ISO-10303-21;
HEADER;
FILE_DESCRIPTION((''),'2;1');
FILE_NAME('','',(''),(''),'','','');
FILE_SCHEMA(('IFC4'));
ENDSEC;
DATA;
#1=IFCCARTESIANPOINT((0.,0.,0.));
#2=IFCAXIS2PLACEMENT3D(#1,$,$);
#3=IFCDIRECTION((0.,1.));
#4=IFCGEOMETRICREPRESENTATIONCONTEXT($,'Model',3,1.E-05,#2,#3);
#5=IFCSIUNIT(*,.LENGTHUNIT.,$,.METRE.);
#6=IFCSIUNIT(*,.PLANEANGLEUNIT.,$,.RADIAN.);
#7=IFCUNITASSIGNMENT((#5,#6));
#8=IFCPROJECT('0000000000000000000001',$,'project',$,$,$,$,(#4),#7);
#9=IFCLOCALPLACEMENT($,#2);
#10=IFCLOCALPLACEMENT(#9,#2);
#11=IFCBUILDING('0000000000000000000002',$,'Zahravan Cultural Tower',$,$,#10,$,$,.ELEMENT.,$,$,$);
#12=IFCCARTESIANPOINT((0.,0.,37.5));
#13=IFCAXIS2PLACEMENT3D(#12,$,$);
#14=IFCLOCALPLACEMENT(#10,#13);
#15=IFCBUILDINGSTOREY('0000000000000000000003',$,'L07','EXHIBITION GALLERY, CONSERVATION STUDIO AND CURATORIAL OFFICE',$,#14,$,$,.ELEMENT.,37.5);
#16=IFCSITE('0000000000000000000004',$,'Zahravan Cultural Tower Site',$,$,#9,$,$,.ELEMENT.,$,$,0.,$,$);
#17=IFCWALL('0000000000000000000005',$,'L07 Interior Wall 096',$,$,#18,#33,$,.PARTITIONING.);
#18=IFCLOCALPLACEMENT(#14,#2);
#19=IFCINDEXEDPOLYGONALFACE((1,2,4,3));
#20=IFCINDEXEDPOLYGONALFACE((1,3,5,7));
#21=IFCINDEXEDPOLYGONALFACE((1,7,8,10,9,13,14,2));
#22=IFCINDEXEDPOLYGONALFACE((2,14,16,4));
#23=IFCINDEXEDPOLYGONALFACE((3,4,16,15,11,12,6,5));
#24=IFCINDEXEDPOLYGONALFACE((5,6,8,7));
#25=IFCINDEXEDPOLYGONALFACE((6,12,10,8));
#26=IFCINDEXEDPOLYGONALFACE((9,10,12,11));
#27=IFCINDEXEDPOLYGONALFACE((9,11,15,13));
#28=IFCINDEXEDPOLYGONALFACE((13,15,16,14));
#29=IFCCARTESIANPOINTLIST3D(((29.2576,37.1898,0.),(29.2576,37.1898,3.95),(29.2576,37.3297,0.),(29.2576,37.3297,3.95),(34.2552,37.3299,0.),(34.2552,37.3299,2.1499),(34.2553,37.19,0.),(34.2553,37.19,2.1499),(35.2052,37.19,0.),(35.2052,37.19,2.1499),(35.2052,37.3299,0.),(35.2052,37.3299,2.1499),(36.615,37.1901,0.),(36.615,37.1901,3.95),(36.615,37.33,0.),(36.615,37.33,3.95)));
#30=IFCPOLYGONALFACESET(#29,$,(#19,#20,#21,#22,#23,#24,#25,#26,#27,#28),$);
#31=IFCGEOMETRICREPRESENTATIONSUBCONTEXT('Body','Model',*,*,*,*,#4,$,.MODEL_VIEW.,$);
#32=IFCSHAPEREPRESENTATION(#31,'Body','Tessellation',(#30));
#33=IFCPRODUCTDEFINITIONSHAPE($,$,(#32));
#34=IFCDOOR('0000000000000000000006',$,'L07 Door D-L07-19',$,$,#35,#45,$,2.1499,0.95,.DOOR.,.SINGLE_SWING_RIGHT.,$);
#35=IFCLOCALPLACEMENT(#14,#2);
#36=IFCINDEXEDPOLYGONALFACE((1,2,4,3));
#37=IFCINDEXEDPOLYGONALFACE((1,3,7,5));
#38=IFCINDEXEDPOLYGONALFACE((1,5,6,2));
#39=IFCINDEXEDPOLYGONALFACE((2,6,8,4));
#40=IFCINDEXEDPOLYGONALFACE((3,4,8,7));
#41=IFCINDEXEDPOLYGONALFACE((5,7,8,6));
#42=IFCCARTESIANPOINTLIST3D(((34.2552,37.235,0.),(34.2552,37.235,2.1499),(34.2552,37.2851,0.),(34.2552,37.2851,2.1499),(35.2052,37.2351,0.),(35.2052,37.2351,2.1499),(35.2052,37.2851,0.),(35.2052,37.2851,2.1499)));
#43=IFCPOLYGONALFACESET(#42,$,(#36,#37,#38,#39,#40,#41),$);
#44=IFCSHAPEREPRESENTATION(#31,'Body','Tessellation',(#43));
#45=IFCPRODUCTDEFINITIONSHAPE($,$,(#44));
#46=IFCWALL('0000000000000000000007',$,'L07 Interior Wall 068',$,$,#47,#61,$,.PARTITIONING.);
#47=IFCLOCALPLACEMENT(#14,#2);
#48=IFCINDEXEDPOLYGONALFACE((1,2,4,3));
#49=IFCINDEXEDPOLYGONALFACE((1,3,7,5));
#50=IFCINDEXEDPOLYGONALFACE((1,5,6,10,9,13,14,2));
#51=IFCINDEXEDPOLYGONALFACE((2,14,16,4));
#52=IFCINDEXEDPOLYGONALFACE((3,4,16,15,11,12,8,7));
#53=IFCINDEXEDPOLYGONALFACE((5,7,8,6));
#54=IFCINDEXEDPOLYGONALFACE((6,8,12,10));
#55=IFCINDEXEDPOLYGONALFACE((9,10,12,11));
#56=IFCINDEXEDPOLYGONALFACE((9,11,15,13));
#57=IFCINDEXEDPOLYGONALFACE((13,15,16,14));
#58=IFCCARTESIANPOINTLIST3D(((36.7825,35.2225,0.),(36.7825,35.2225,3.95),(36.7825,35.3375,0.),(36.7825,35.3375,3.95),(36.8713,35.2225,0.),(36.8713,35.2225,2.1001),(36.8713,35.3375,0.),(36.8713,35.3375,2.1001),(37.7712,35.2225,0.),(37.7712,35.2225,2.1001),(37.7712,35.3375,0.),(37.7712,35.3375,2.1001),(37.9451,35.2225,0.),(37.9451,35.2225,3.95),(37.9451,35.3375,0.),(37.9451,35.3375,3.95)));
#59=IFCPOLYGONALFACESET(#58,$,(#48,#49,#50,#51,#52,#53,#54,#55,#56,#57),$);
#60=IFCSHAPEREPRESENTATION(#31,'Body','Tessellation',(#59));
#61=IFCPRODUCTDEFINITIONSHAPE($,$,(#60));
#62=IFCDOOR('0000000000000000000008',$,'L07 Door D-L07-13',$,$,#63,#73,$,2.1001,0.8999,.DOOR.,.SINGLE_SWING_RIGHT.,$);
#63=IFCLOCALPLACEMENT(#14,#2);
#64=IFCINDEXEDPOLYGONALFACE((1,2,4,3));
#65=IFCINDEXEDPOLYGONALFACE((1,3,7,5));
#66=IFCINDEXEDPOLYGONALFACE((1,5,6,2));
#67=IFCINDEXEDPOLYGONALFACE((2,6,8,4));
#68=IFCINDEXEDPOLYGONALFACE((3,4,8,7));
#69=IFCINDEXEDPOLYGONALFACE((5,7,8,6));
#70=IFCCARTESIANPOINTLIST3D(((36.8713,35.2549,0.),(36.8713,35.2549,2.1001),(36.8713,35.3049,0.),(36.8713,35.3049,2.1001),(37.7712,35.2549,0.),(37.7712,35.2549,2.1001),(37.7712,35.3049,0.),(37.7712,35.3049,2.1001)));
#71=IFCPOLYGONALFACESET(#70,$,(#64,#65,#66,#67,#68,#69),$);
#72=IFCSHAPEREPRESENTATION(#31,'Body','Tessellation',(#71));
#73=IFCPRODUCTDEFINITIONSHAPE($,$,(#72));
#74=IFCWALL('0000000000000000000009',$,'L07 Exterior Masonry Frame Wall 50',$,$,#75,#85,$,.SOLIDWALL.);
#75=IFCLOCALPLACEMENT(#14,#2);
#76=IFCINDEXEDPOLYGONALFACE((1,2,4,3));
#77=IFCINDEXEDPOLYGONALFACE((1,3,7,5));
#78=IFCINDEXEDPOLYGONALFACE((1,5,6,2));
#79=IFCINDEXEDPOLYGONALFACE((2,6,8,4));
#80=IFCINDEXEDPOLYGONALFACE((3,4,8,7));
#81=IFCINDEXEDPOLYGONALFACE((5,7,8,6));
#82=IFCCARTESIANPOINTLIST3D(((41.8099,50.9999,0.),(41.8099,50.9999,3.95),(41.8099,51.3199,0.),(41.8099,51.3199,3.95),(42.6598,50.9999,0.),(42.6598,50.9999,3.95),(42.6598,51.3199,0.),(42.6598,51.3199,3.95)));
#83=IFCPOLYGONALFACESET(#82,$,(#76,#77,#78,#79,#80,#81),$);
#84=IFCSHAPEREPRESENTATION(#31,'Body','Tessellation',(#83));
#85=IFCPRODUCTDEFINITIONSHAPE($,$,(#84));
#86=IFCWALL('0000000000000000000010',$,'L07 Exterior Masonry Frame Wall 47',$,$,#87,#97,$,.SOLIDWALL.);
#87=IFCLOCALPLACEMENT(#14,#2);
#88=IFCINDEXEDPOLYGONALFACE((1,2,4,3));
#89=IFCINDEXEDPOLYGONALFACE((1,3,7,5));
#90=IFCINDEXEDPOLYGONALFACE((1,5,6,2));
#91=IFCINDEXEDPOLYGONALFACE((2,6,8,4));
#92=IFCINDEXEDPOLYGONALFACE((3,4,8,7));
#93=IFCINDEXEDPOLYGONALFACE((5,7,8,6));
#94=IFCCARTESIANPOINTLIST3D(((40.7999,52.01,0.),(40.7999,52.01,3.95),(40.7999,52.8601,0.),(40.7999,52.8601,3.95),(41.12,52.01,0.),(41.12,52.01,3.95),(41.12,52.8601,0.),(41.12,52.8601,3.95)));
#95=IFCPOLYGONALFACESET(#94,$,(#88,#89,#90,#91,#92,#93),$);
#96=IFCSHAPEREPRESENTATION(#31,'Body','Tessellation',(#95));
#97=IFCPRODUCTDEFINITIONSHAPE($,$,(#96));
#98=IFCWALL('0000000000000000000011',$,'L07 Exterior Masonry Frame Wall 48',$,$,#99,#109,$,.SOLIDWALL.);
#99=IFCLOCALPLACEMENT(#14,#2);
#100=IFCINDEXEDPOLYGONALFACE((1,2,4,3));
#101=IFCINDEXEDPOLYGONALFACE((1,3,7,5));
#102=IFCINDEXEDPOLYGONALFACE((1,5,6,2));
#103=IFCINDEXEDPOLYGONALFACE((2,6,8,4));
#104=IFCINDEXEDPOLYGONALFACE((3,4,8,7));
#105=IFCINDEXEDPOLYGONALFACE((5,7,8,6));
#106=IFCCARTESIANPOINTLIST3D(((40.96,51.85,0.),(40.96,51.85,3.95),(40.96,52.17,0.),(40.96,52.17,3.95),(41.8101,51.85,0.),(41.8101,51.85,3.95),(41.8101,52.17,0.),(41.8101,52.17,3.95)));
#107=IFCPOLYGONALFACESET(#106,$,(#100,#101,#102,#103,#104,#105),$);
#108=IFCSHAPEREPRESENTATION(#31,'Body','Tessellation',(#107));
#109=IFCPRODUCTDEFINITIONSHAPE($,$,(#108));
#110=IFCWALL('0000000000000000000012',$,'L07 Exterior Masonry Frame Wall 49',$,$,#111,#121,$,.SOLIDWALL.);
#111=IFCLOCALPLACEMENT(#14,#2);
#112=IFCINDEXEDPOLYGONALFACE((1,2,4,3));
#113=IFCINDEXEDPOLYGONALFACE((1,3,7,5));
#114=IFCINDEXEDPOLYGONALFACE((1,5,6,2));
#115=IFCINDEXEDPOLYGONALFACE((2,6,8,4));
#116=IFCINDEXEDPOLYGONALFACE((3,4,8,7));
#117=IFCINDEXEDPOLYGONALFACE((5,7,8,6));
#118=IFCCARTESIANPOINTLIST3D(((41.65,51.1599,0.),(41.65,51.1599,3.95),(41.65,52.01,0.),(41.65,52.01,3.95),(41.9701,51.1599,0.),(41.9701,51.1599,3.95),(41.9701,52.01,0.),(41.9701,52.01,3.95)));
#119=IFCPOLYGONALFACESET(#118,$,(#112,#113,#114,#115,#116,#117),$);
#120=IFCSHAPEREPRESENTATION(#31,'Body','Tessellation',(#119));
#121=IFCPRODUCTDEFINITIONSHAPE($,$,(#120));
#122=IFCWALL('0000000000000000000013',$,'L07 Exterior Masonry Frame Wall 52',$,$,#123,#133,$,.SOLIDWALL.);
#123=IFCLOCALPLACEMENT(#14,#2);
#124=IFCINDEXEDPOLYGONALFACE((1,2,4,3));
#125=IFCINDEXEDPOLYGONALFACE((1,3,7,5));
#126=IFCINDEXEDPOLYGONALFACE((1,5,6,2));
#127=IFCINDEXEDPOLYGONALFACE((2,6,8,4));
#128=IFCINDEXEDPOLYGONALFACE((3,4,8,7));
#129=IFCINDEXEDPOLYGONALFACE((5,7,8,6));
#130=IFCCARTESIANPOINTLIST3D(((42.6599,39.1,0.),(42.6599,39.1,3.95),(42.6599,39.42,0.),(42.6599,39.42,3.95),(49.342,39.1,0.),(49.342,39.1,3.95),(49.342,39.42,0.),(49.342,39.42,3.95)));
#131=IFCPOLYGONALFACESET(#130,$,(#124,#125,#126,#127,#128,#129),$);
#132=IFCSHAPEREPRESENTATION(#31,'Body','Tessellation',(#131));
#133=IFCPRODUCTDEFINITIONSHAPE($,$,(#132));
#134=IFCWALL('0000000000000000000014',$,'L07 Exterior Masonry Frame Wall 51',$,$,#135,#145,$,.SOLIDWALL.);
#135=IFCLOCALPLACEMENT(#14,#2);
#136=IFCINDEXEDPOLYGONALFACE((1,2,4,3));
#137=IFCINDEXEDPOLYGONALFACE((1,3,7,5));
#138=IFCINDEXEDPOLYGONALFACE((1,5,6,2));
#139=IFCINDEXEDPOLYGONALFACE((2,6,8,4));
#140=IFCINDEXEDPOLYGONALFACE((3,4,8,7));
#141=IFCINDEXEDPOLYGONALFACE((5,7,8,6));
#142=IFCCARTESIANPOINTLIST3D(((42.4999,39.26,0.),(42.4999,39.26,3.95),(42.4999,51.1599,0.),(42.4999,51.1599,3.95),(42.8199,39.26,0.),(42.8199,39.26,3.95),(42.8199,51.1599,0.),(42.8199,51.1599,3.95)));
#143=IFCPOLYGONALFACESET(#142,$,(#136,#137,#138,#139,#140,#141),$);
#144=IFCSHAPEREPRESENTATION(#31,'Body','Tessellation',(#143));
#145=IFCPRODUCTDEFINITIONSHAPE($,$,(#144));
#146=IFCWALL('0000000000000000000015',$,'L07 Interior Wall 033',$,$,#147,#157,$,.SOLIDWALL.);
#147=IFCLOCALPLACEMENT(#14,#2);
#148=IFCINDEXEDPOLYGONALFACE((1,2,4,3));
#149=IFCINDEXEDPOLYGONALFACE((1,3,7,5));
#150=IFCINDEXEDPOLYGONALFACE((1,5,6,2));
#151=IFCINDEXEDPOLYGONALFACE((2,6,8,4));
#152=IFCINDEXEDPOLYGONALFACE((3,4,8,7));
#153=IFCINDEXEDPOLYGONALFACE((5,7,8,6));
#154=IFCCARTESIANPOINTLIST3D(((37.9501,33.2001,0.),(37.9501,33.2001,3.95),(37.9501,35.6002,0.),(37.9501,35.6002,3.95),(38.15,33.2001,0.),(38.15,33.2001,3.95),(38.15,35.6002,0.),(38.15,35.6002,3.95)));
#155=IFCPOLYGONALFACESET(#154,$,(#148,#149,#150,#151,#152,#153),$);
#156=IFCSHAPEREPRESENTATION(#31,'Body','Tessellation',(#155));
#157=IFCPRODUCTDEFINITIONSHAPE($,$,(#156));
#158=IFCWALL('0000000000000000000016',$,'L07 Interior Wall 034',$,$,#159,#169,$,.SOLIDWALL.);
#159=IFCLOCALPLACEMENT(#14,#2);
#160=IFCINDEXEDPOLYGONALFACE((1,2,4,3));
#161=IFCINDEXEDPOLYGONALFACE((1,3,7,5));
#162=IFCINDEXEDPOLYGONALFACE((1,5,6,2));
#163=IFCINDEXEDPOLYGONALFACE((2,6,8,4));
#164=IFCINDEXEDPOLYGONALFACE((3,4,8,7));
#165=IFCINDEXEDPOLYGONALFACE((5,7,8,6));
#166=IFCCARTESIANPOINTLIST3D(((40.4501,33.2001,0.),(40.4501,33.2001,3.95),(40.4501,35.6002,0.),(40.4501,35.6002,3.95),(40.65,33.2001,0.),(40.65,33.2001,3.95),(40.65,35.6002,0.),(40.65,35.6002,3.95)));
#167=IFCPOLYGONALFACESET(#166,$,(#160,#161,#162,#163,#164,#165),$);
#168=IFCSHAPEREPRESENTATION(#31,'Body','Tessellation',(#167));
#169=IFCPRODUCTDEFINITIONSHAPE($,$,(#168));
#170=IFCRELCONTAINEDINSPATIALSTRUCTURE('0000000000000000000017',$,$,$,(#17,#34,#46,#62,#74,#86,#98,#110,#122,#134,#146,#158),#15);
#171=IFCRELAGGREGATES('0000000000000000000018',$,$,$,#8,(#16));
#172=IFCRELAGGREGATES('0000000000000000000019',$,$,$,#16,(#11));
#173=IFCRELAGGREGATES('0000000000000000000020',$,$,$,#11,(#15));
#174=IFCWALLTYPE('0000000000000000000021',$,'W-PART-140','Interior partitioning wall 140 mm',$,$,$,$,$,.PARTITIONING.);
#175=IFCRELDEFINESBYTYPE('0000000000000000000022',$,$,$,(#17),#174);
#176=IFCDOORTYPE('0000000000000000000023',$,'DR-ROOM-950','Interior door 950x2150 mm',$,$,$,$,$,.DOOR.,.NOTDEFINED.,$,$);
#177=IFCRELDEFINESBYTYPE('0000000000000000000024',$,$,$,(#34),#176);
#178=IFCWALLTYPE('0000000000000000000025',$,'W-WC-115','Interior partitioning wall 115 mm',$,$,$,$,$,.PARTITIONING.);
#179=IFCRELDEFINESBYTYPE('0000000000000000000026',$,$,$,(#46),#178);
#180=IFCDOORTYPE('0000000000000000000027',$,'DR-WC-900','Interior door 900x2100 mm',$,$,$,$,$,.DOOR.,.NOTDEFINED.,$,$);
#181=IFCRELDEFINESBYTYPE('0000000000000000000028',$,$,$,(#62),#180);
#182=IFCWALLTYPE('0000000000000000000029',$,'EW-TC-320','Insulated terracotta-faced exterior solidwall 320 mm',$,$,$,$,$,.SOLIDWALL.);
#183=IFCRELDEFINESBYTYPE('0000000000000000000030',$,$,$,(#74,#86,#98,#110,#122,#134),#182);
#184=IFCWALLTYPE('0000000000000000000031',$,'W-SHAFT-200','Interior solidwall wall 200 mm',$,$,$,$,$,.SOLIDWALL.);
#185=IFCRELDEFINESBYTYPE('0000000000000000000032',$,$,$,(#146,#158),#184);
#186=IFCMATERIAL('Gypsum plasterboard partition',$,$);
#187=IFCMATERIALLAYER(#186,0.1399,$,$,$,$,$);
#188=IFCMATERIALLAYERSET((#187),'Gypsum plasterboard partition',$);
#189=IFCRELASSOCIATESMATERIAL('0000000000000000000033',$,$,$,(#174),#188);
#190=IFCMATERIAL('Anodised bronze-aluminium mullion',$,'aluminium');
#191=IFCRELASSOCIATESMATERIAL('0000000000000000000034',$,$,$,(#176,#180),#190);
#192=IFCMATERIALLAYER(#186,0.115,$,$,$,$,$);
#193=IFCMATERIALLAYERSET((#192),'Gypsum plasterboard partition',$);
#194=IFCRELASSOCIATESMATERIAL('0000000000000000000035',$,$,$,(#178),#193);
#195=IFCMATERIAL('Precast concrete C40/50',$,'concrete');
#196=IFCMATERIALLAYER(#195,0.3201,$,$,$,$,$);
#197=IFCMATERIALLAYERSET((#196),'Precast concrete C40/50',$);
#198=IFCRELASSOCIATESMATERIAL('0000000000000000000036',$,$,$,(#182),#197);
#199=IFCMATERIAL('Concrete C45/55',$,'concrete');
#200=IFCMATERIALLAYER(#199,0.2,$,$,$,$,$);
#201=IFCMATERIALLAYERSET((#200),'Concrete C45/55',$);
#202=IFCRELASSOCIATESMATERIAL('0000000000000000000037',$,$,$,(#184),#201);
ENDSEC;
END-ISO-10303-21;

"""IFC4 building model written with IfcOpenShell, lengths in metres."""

from ifc_helpers import new_model, si_unit, direction, frame, frame_2d, origin, place, context, subcontext, project, spatial, rectangle, extrude, source, transform, mapped, material, layer, layer_set, type_object, element, fill, save


model = new_model("IFC4")

# Units and contexts
model_context = context("Model", 3, precision=1e-05, world=origin(), true_north=direction((0.0, 1.0)))
body_context = subcontext(model_context, "Body", "Model", "MODEL_VIEW")
ifc_project = project(units=[si_unit("LENGTHUNIT", "METRE"), si_unit("PLANEANGLEUNIT", "RADIAN")], contexts=[model_context])

# Site, building, storey
site_placement = place(None, origin())
site = spatial("IfcSite", under=ifc_project, at=site_placement, Name="Zahravan Cultural Tower Site", CompositionType="ELEMENT", RefElevation=0.0)
building_placement = place(site_placement, origin())
building = spatial("IfcBuilding", under=site, at=building_placement, Name="Zahravan Cultural Tower", CompositionType="ELEMENT")
storey_placement = place(building_placement, frame((0.0, 0.0, 37.5)))
storey = spatial("IfcBuildingStorey", under=building, at=storey_placement, Name="L07", Description="EXHIBITION GALLERY, CONSERVATION STUDIO AND CURATORIAL OFFICE", CompositionType="ELEMENT", Elevation=37.5)

# Walls, openings, doors
ifc_material_1 = material(Name="Gypsum plasterboard partition")
ifc_layer_1 = layer(ifc_material_1, 0.1399)
ifc_layer_set_1 = layer_set([ifc_layer_1], Name="Gypsum plasterboard partition")
wall_type_1 = type_object("IfcWallType", Name="W-PART-140", Description="Interior partitioning wall 140 mm", PredefinedType="PARTITIONING", material=ifc_layer_set_1)
ifc_material_2 = material(Name="Anodised bronze-aluminium mullion", Category="aluminium")
door_type_1 = type_object("IfcDoorType", Name="DR-ROOM-950", Description="Interior door 950x2150 mm", OperationType="NOTDEFINED", PredefinedType="DOOR", material=ifc_material_2)
shared_shape_1 = source(origin(), body_context, "Body", "SweptSolid", [
    extrude(rectangle(XDim=0.95, YDim=2.1499, at=frame_2d((0.4751, 1.075))), frame((0.0, 0.0249, 0.0), z_axis=(0.0, -1.0, 0.0), x_axis=(1.0, 0.0, 0.0)), (0.0, 0.0, 1.0), 0.05),
])
wall_1_placement = place(storey_placement, frame((36.615, 37.26, 0.0), z_axis=(0.0, 0.0, 1.0), x_axis=(-1.0, -0.000033, 0.0)))
wall_1 = element("IfcWall", 1, at=wall_1_placement, inside=storey, type_object=wall_type_1, Name="L07 Interior Wall 096", PredefinedType="PARTITIONING", context=body_context, shape_type="SweptSolid", body=[
    extrude(rectangle(XDim=7.3574, YDim=0.1399, at=frame_2d((3.6787, 0.0))), origin(), (0.0, 0.0, 1.0), 3.95),
])
opening_1_placement = place(wall_1_placement, frame((1.4097, 0.0, 0.0)))
opening_1 = element("IfcOpeningElement", 2, at=opening_1_placement, cuts=wall_1, PredefinedType="OPENING", context=body_context, shape_type="SweptSolid", body=[
    extrude(rectangle(XDim=0.95, YDim=2.1499, at=frame_2d((0.4751, 1.075))), frame((0.0, 0.0798, 0.0), z_axis=(0.0, -1.0, 0.0), x_axis=(1.0, 0.0, 0.0)), (0.0, 0.0, 1.0), 0.1599),
])
door_1_placement = place(opening_1_placement, origin())
door_1 = element("IfcDoor", 3, at=door_1_placement, inside=storey, type_object=door_type_1, Name="L07 Door D-L07-19", OperationType="SINGLE_SWING_RIGHT", OverallHeight=2.1499, OverallWidth=0.95, PredefinedType="DOOR", context=body_context, shape_type="MappedRepresentation", body=[
    mapped(shared_shape_1, transform((0.0, 0.0, 0.0), x_axis=(1.0, 0.0, 0.0), y_axis=(0.0, 1.0, 0.0), z_axis=(0.0, 0.0, 1.0), scale=1.0)),
])
fill(opening_1, door_1)
ifc_layer_2 = layer(ifc_material_1, 0.115)
ifc_layer_set_2 = layer_set([ifc_layer_2], Name="Gypsum plasterboard partition")
wall_type_2 = type_object("IfcWallType", Name="W-WC-115", Description="Interior partitioning wall 115 mm", PredefinedType="PARTITIONING", material=ifc_layer_set_2)
wall_2_placement = place(storey_placement, frame((36.7825, 35.28, 0.0), z_axis=(0.0, 0.0, 1.0), x_axis=(1.0, 0.0, 0.0)))
wall_2 = element("IfcWall", 4, at=wall_2_placement, inside=storey, type_object=wall_type_2, Name="L07 Interior Wall 068", PredefinedType="PARTITIONING", context=body_context, shape_type="SweptSolid", body=[
    extrude(rectangle(XDim=1.1626, YDim=0.115, at=frame_2d((0.5813, 0.0))), origin(), (0.0, 0.0, 1.0), 3.95),
])
opening_2_placement = place(wall_2_placement, frame((0.0889, 0.0, 0.0)))
opening_2 = element("IfcOpeningElement", 5, at=opening_2_placement, cuts=wall_2, PredefinedType="OPENING", context=body_context, shape_type="SweptSolid", body=[
    extrude(rectangle(XDim=0.8999, YDim=2.1001, at=frame_2d((0.45, 1.05))), frame((0.0, 0.0674, 0.0), z_axis=(0.0, -1.0, 0.0), x_axis=(1.0, 0.0, 0.0)), (0.0, 0.0, 1.0), 0.135),
])
door_type_2 = type_object("IfcDoorType", Name="DR-WC-900", Description="Interior door 900x2100 mm", OperationType="NOTDEFINED", PredefinedType="DOOR", material=ifc_material_2)
shared_shape_2 = source(origin(), body_context, "Body", "SweptSolid", [
    extrude(rectangle(XDim=0.8999, YDim=2.1001, at=frame_2d((0.45, 1.05))), frame((0.0, 0.0249, 0.0), z_axis=(0.0, -1.0, 0.0), x_axis=(1.0, 0.0, 0.0)), (0.0, 0.0, 1.0), 0.05),
])
door_2_placement = place(opening_2_placement, origin())
door_2 = element("IfcDoor", 6, at=door_2_placement, inside=storey, type_object=door_type_2, Name="L07 Door D-L07-13", OperationType="SINGLE_SWING_RIGHT", OverallHeight=2.1001, OverallWidth=0.8999, PredefinedType="DOOR", context=body_context, shape_type="MappedRepresentation", body=[
    mapped(shared_shape_2, transform((0.0, 0.0, 0.0), x_axis=(1.0, 0.0, 0.0), y_axis=(0.0, 1.0, 0.0), z_axis=(0.0, 0.0, 1.0), scale=1.0)),
])
fill(opening_2, door_2)

# Walls
ifc_material_3 = material(Name="Precast concrete C40/50", Category="concrete")
ifc_layer_3 = layer(ifc_material_3, 0.3201)
ifc_layer_set_3 = layer_set([ifc_layer_3], Name="Precast concrete C40/50")
wall_type_3 = type_object("IfcWallType", Name="EW-TC-320", Description="Insulated terracotta-faced exterior solidwall 320 mm", PredefinedType="SOLIDWALL", material=ifc_layer_set_3)
shared_shape_3 = source(origin(), body_context, "Body", "SweptSolid", [
    extrude(rectangle(XDim=0.8499, YDim=0.3201, at=frame_2d((0.4248, 0.0))), origin(), (0.0, 0.0, 1.0), 3.95),
])
wall_3_placement = place(storey_placement, frame((41.8101, 51.1599, 0.0), z_axis=(0.0, 0.0, 1.0), x_axis=(1.0, 0.0, 0.0)))
element("IfcWall", 7, at=wall_3_placement, inside=storey, type_object=wall_type_3, Name="L07 Exterior Masonry Frame Wall 50", PredefinedType="SOLIDWALL", context=body_context, shape_type="MappedRepresentation", body=[
    mapped(shared_shape_3, transform((0.0, 0.0, 0.0), x_axis=(1.0, 0.0, 0.0), y_axis=(0.0, 1.0, 0.0), z_axis=(0.0, 0.0, 1.0), scale=1.0)),
])
shared_shape_4 = source(origin(), body_context, "Body", "SweptSolid", [
    extrude(rectangle(XDim=0.8501, YDim=0.3201, at=frame_2d((0.425, 0.0))), origin(), (0.0, 0.0, 1.0), 3.95),
])
for number, where, z_axis, x_axis, name in (
    (8, (40.96, 52.8601, 0.0), (0.0, 0.0, 1.0), (0.0, -1.0, 0.0), "L07 Exterior Masonry Frame Wall 47"),
    (9, (40.96, 52.01, 0.0), (0.0, 0.0, 1.0), (1.0, 0.0, 0.0), "L07 Exterior Masonry Frame Wall 48"),
    (10, (41.8101, 52.01, 0.0), (0.0, 0.0, 1.0), (0.0, -1.0, 0.0), "L07 Exterior Masonry Frame Wall 49"),
):
    element("IfcWall", number, at=place(storey_placement, frame(where, z_axis=z_axis, x_axis=x_axis)), inside=storey, type_object=wall_type_3, Name=name, PredefinedType="SOLIDWALL", context=body_context, shape_type="MappedRepresentation", body=[
        mapped(shared_shape_4, transform((0.0, 0.0, 0.0), x_axis=(1.0, 0.0, 0.0), y_axis=(0.0, 1.0, 0.0), z_axis=(0.0, 0.0, 1.0), scale=1.0)),
    ])
shared_shape_5 = source(origin(), body_context, "Body", "SweptSolid", [
    extrude(rectangle(XDim=6.6821, YDim=0.3201, at=frame_2d((3.3411, 0.0))), origin(), (0.0, 0.0, 1.0), 3.95),
])
wall_4_placement = place(storey_placement, frame((42.6599, 39.26, 0.0), z_axis=(0.0, 0.0, 1.0), x_axis=(1.0, 0.0, 0.0)))
element("IfcWall", 11, at=wall_4_placement, inside=storey, type_object=wall_type_3, Name="L07 Exterior Masonry Frame Wall 52", PredefinedType="SOLIDWALL", context=body_context, shape_type="MappedRepresentation", body=[
    mapped(shared_shape_5, transform((0.0, 0.0, 0.0), x_axis=(1.0, 0.0, 0.0), y_axis=(0.0, 1.0, 0.0), z_axis=(0.0, 0.0, 1.0), scale=1.0)),
])
shared_shape_6 = source(origin(), body_context, "Body", "SweptSolid", [
    extrude(rectangle(XDim=11.8999, YDim=0.3201, at=frame_2d((5.95, 0.0))), origin(), (0.0, 0.0, 1.0), 3.95),
])
wall_5_placement = place(storey_placement, frame((42.6599, 51.1599, 0.0), z_axis=(0.0, 0.0, 1.0), x_axis=(0.0, -1.0, 0.0)))
element("IfcWall", 12, at=wall_5_placement, inside=storey, type_object=wall_type_3, Name="L07 Exterior Masonry Frame Wall 51", PredefinedType="SOLIDWALL", context=body_context, shape_type="MappedRepresentation", body=[
    mapped(shared_shape_6, transform((0.0, 0.0, 0.0), x_axis=(1.0, 0.0, 0.0), y_axis=(0.0, 1.0, 0.0), z_axis=(0.0, 0.0, 1.0), scale=1.0)),
])
ifc_material_4 = material(Name="Concrete C45/55", Category="concrete")
ifc_layer_4 = layer(ifc_material_4, 0.2)
ifc_layer_set_4 = layer_set([ifc_layer_4], Name="Concrete C45/55")
wall_type_4 = type_object("IfcWallType", Name="W-SHAFT-200", Description="Interior solidwall wall 200 mm", PredefinedType="SOLIDWALL", material=ifc_layer_set_4)
shared_shape_7 = source(origin(), body_context, "Body", "SweptSolid", [
    extrude(rectangle(XDim=2.4001, YDim=0.2, at=frame_2d((1.2002, 0.0))), origin(), (0.0, 0.0, 1.0), 3.95),
])
for number, where, z_axis, x_axis, name in (
    (13, (38.05, 33.2, 0.0), (0.0, 0.0, 1.0), (0.0, 1.0, 0.0), "L07 Interior Wall 033"),
    (14, (40.55, 33.2, 0.0), (0.0, 0.0, 1.0), (0.0, 1.0, 0.0), "L07 Interior Wall 034"),
):
    element("IfcWall", number, at=place(storey_placement, frame(where, z_axis=z_axis, x_axis=x_axis)), inside=storey, type_object=wall_type_4, Name=name, PredefinedType="SOLIDWALL", context=body_context, shape_type="MappedRepresentation", body=[
        mapped(shared_shape_7, transform((0.0, 0.0, 0.0), x_axis=(1.0, 0.0, 0.0), y_axis=(0.0, 1.0, 0.0), z_axis=(0.0, 0.0, 1.0), scale=1.0)),
    ])

save(model, "model.ifc")
